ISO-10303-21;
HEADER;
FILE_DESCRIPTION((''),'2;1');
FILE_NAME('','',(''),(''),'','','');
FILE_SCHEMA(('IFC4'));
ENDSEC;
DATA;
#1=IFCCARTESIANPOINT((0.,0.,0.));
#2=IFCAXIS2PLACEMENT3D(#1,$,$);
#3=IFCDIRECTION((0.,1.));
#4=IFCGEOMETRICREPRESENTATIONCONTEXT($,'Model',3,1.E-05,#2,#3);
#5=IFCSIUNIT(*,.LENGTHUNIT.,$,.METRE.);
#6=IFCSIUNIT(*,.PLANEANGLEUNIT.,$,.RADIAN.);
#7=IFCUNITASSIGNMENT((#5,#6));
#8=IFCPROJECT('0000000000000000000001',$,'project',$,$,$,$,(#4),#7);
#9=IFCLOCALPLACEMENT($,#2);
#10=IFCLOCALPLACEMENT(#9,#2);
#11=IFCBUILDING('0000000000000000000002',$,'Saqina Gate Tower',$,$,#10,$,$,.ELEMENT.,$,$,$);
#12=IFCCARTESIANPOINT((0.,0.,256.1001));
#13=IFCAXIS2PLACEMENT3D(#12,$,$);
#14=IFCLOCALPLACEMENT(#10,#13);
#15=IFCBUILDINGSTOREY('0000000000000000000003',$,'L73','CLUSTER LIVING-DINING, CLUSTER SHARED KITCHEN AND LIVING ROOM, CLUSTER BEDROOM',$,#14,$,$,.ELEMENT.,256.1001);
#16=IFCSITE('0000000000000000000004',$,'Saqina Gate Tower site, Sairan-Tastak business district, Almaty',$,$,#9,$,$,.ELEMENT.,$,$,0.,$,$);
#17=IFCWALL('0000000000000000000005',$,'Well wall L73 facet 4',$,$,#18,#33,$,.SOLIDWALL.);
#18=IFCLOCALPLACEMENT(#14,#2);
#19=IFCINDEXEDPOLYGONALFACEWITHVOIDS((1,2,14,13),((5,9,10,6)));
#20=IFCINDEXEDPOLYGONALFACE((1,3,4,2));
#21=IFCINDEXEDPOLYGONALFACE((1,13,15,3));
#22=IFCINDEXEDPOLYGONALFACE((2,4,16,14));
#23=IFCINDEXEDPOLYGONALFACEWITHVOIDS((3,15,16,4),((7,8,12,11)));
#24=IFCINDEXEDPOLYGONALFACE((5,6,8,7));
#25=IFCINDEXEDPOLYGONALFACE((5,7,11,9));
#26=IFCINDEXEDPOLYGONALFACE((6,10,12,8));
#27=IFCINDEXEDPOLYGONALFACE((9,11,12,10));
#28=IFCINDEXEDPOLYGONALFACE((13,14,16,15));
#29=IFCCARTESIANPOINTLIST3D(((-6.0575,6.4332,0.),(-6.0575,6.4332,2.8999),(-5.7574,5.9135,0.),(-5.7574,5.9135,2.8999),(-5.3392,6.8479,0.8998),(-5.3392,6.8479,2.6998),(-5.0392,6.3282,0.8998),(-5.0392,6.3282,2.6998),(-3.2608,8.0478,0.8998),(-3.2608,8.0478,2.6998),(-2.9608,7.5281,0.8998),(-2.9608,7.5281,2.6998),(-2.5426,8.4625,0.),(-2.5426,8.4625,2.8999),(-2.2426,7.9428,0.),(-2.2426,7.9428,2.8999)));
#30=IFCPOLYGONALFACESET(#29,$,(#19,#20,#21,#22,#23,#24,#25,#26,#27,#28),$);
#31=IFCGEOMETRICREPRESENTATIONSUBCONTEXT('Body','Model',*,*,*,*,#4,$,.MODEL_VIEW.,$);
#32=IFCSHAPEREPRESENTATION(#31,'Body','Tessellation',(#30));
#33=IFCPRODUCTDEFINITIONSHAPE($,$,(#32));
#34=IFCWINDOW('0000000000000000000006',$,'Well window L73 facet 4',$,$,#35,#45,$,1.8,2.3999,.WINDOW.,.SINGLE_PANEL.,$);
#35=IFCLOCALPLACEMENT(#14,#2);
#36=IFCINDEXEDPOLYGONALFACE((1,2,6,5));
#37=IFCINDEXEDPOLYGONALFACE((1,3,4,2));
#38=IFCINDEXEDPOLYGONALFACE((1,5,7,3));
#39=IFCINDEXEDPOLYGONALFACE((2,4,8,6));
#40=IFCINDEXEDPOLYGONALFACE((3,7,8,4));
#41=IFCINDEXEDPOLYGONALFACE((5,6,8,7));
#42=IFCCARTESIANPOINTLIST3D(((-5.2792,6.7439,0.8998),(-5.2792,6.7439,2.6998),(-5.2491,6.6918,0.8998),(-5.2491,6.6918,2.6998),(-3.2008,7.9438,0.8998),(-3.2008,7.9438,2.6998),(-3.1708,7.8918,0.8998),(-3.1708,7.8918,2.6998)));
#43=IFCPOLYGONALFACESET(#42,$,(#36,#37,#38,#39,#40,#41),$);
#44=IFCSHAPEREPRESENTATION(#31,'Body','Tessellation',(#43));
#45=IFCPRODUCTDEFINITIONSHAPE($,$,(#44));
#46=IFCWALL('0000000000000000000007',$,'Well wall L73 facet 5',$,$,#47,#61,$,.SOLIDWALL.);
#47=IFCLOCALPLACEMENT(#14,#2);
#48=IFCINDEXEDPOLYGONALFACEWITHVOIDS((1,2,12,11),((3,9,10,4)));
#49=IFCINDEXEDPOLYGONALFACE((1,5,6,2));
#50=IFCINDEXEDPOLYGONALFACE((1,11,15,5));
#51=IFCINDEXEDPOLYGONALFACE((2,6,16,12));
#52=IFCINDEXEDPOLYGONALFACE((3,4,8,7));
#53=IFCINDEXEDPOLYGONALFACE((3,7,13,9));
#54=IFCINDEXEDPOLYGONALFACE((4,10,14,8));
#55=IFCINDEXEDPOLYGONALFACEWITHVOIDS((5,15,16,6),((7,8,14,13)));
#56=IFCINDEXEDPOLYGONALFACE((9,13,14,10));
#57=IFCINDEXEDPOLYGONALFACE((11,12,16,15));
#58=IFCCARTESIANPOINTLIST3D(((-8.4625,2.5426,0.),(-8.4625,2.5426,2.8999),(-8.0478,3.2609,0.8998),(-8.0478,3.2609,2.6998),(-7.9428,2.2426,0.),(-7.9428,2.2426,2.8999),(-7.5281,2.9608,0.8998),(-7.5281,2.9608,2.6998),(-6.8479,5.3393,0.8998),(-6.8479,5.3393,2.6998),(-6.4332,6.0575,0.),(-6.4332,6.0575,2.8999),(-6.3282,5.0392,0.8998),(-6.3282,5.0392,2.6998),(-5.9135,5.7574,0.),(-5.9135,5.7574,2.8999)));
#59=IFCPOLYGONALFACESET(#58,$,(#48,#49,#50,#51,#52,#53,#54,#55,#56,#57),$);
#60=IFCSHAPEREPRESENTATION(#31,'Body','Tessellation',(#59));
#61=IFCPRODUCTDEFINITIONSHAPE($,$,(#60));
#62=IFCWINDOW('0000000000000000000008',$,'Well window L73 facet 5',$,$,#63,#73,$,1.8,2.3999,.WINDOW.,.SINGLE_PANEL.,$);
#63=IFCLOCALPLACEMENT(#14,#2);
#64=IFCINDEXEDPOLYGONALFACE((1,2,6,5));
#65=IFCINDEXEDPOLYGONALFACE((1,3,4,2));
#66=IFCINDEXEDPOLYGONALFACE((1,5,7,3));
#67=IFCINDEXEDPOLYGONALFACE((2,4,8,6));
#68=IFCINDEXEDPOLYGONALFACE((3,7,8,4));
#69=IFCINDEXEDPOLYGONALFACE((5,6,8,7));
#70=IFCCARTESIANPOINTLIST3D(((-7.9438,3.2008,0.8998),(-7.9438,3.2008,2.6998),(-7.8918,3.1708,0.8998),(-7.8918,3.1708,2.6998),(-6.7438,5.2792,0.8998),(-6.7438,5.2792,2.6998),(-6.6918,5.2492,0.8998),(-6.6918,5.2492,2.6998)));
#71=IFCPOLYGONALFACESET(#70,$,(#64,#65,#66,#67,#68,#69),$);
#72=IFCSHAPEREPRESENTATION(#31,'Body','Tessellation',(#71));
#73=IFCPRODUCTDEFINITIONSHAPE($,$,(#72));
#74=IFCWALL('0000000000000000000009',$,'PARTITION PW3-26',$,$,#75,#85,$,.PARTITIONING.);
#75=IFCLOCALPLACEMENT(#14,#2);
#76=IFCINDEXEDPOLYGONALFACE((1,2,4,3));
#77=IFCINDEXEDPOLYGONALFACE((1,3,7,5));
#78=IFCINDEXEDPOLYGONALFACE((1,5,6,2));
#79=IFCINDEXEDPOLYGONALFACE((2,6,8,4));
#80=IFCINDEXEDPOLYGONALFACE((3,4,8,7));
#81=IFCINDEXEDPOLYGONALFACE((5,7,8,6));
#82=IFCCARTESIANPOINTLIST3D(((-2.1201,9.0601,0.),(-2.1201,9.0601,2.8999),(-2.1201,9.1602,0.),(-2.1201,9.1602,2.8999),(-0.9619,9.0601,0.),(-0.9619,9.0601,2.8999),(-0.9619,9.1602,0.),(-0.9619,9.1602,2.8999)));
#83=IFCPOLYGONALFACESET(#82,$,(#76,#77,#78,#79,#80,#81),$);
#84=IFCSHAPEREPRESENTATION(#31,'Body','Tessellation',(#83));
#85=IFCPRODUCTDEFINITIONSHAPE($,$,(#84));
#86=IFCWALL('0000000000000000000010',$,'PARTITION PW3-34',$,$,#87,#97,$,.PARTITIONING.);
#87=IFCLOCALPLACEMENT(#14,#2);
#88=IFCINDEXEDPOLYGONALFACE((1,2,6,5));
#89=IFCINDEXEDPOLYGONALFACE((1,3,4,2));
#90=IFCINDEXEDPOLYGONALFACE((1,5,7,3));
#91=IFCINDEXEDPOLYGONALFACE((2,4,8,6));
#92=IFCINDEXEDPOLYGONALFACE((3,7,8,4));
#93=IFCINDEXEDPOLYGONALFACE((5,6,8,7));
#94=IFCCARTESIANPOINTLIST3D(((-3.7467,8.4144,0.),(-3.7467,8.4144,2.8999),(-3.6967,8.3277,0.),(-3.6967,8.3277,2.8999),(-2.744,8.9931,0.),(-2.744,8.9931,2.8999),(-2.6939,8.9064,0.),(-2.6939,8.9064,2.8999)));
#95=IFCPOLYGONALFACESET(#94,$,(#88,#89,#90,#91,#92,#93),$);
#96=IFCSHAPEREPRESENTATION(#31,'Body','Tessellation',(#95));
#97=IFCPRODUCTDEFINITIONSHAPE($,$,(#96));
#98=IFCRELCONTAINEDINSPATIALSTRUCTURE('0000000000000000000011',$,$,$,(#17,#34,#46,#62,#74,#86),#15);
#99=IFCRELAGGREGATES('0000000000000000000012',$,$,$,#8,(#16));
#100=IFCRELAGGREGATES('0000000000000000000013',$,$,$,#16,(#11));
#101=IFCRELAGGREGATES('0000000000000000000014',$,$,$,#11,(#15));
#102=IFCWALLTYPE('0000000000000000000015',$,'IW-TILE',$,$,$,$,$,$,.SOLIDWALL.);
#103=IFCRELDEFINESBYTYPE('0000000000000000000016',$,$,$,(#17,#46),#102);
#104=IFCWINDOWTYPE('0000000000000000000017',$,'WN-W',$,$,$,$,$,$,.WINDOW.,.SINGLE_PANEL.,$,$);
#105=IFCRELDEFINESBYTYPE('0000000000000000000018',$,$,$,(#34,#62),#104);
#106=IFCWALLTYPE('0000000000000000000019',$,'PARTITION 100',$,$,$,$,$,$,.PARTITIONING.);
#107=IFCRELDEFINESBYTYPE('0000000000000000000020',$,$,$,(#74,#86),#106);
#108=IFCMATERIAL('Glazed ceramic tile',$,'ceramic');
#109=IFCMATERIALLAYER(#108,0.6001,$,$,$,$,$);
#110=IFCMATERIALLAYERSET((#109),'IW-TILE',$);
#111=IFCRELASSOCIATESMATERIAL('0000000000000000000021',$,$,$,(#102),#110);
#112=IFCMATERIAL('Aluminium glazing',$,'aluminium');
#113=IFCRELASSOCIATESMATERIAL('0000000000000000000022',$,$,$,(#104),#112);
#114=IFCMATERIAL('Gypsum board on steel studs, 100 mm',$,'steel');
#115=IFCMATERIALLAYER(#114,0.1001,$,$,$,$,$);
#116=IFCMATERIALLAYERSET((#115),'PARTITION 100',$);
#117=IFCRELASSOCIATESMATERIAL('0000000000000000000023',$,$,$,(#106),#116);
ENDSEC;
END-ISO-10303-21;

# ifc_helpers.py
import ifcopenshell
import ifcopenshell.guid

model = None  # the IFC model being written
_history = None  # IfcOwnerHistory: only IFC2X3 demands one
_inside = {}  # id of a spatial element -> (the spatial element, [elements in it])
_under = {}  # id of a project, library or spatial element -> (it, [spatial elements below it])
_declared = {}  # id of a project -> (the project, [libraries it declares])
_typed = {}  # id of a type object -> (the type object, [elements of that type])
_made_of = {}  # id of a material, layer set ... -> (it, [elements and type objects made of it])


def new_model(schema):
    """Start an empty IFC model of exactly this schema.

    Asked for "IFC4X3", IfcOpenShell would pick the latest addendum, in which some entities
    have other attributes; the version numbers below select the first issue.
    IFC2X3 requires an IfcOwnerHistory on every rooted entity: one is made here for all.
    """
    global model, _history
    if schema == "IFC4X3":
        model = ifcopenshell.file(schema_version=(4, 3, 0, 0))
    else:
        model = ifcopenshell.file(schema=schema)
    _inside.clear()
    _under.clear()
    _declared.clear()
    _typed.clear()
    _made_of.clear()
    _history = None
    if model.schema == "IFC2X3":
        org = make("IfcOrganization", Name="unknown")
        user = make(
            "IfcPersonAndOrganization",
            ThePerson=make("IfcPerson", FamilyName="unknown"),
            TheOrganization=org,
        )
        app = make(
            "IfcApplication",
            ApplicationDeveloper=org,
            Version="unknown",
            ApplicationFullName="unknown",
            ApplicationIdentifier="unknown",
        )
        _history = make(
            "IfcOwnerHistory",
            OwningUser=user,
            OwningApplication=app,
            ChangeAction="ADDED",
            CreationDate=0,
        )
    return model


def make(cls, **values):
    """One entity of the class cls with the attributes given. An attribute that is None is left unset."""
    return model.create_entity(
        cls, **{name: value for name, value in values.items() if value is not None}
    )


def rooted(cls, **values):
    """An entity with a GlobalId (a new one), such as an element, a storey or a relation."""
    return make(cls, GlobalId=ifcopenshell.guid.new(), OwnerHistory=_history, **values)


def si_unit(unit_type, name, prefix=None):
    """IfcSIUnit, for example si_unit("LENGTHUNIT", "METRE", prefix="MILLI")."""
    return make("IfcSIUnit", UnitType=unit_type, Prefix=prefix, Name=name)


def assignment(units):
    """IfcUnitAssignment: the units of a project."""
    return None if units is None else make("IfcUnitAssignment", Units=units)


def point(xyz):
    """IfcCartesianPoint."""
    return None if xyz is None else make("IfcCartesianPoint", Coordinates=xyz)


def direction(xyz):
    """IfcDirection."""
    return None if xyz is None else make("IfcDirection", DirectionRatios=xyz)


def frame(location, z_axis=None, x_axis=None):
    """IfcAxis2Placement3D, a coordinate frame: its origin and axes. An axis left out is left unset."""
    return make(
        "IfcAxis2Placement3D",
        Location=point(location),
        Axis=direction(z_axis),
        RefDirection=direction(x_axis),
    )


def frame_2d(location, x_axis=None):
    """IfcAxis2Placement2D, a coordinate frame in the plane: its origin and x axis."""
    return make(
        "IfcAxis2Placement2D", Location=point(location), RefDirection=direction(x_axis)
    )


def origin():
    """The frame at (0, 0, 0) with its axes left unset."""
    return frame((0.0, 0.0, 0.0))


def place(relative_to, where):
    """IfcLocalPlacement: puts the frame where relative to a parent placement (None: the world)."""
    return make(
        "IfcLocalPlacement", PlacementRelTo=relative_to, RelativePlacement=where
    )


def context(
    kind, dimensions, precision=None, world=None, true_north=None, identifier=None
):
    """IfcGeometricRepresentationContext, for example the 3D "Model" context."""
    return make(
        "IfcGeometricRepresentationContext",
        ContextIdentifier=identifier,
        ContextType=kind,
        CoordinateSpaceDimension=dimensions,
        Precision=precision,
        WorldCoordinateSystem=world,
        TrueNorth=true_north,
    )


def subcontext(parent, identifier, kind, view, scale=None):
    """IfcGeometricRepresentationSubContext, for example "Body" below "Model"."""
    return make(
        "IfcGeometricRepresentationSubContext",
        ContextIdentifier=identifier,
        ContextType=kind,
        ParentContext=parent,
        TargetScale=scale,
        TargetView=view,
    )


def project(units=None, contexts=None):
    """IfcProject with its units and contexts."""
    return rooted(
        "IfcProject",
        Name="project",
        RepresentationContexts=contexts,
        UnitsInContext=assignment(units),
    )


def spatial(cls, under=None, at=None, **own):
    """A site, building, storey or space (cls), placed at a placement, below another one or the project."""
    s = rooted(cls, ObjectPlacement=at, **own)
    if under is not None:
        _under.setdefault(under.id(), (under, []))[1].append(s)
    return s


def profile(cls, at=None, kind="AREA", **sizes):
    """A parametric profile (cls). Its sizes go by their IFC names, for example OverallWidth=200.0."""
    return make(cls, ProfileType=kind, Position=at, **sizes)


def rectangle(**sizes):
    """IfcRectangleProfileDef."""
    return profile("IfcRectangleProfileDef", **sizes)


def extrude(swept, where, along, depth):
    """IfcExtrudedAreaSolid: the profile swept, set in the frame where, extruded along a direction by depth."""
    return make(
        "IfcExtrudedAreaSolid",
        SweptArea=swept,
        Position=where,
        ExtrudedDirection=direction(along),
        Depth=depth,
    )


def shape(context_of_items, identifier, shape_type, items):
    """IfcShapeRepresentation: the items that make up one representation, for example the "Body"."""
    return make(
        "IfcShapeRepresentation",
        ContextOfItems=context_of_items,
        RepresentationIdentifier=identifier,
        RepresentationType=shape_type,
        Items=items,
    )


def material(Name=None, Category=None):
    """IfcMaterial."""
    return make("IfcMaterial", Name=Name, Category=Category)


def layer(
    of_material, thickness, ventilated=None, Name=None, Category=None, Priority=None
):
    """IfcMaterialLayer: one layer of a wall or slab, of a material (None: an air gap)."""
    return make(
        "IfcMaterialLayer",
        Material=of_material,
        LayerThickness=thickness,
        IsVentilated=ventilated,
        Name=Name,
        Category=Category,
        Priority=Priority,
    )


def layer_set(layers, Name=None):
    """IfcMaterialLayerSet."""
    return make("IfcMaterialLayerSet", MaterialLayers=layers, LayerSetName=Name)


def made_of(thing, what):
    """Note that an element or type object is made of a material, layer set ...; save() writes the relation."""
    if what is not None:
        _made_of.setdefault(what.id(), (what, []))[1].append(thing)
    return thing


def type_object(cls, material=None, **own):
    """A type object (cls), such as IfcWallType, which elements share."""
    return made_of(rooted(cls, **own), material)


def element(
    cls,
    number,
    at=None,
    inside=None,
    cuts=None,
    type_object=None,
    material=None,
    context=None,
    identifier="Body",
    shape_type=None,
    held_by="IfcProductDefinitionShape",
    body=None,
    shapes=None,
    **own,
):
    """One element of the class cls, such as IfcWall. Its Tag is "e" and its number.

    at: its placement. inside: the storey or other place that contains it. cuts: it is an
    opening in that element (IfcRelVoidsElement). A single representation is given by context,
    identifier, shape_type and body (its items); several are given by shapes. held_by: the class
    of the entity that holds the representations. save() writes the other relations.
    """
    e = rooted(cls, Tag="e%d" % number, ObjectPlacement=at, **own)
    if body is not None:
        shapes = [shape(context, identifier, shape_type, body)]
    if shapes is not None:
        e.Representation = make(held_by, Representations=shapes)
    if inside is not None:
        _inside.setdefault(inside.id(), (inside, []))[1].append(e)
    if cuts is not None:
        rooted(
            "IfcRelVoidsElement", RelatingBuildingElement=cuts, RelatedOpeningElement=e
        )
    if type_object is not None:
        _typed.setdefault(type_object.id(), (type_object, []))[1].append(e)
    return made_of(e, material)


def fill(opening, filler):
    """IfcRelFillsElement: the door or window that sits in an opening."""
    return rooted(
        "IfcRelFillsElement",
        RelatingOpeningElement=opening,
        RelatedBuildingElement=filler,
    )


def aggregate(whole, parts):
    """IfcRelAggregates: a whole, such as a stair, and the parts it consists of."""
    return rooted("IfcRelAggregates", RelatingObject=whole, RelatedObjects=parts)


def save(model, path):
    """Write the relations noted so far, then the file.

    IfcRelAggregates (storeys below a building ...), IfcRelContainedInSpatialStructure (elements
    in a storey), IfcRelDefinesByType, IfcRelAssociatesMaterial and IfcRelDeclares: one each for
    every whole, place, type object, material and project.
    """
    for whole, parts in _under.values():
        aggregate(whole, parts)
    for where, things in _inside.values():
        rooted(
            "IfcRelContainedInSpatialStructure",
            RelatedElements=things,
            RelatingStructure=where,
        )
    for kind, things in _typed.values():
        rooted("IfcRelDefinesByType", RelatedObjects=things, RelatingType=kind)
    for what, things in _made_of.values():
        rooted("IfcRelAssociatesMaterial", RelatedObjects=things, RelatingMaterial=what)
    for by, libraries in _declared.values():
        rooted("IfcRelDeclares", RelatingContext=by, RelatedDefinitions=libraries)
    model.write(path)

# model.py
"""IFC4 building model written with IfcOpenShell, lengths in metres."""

from ifc_helpers import new_model, si_unit, direction, frame, frame_2d, origin, place, context, subcontext, project, spatial, rectangle, extrude, material, layer, layer_set, type_object, element, fill, save


model = new_model("IFC4")

# Units and contexts
model_context = context("Model", 3, precision=1e-05, world=origin(), true_north=direction((0.0, 1.0)))
body_context = subcontext(model_context, "Body", "Model", "MODEL_VIEW")
ifc_project = project(units=[si_unit("LENGTHUNIT", "METRE"), si_unit("PLANEANGLEUNIT", "RADIAN")], contexts=[model_context])

# Site, building, storey
site_placement = place(None, origin())
site = spatial("IfcSite", under=ifc_project, at=site_placement, Name="Saqina Gate Tower site, Sairan-Tastak business district, Almaty", CompositionType="ELEMENT", RefElevation=0.0)
building_placement = place(site_placement, origin())
building = spatial("IfcBuilding", under=site, at=building_placement, Name="Saqina Gate Tower", CompositionType="ELEMENT")
storey_placement = place(building_placement, frame((0.0, 0.0, 256.1001)))
storey = spatial("IfcBuildingStorey", under=building, at=storey_placement, Name="L73", Description="CLUSTER LIVING-DINING, CLUSTER SHARED KITCHEN AND LIVING ROOM, CLUSTER BEDROOM", CompositionType="ELEMENT", Elevation=256.1001)

# Walls, openings, windows
ifc_material_1 = material(Name="Glazed ceramic tile", Category="ceramic")
ifc_layer_1 = layer(ifc_material_1, 0.6001)
ifc_layer_set_1 = layer_set([ifc_layer_1], Name="IW-TILE")
wall_type_1 = type_object("IfcWallType", Name="IW-TILE", PredefinedType="SOLIDWALL", material=ifc_layer_set_1)
wall_1_placement = place(storey_placement, frame((-2.3926, 8.2026, 0.0), z_axis=(0.0, 0.0, 1.0), x_axis=(-0.866028, -0.499995, 0.0)))
wall_1 = element("IfcWall", 1, at=wall_1_placement, inside=storey, type_object=wall_type_1, Name="Well wall L73 facet 4", PredefinedType="SOLIDWALL", context=body_context, shape_type="SweptSolid", body=[
    extrude(rectangle(XDim=4.0586, YDim=0.6001, at=frame_2d((2.0293, 0.0))), origin(), (0.0, 0.0, 1.0), 2.8999),
])
opening_1_placement = place(wall_1_placement, frame((0.8293, 0.0, 0.8999)))
opening_1 = element("IfcOpeningElement", 2, at=opening_1_placement, cuts=wall_1, PredefinedType="OPENING", context=body_context, shape_type="SweptSolid", body=[
    extrude(rectangle(XDim=2.3999, YDim=1.8, at=frame_2d((1.2, 0.8999))), frame((0.0, 0.312, 0.0), z_axis=(0.0, -1.0, 0.0), x_axis=(1.0, 0.0, 0.0)), (0.0, 0.0, 1.0), 0.624),
])
ifc_material_2 = material(Name="Aluminium glazing", Category="aluminium")
window_type = type_object("IfcWindowType", Name="WN-W", PartitioningType="SINGLE_PANEL", PredefinedType="WINDOW", material=ifc_material_2)
window_1_placement = place(opening_1_placement, origin())
window_1 = element("IfcWindow", 3, at=window_1_placement, inside=storey, type_object=window_type, Name="Well window L73 facet 4", OverallHeight=1.8, OverallWidth=2.3999, PartitioningType="SINGLE_PANEL", PredefinedType="WINDOW", context=body_context, shape_type="SweptSolid", body=[
    extrude(rectangle(XDim=2.3999, YDim=1.8, at=frame_2d((1.2, 0.8999))), frame((0.0, -0.1199, 0.0), z_axis=(0.0, -1.0, 0.0), x_axis=(1.0, 0.0, 0.0)), (0.0, 0.0, 1.0), 0.0601),
])
fill(opening_1, window_1)
wall_2_placement = place(storey_placement, frame((-6.1733, 5.9075, 0.0), z_axis=(0.0, 0.0, 1.0), x_axis=(-0.499995, -0.866028, 0.0)))
wall_2 = element("IfcWall", 4, at=wall_2_placement, inside=storey, type_object=wall_type_1, Name="Well wall L73 facet 5", PredefinedType="SOLIDWALL", context=body_context, shape_type="SweptSolid", body=[
    extrude(rectangle(XDim=4.0586, YDim=0.6001, at=frame_2d((2.0293, 0.0))), origin(), (0.0, 0.0, 1.0), 2.8999),
])
opening_2_placement = place(wall_2_placement, frame((0.8293, 0.0, 0.8999)))
opening_2 = element("IfcOpeningElement", 5, at=opening_2_placement, cuts=wall_2, PredefinedType="OPENING", context=body_context, shape_type="SweptSolid", body=[
    extrude(rectangle(XDim=2.3999, YDim=1.8, at=frame_2d((1.2, 0.8999))), frame((0.0, 0.312, 0.0), z_axis=(0.0, -1.0, 0.0), x_axis=(1.0, 0.0, 0.0)), (0.0, 0.0, 1.0), 0.624),
])
window_2_placement = place(opening_2_placement, origin())
window_2 = element("IfcWindow", 6, at=window_2_placement, inside=storey, type_object=window_type, Name="Well window L73 facet 5", OverallHeight=1.8, OverallWidth=2.3999, PartitioningType="SINGLE_PANEL", PredefinedType="WINDOW", context=body_context, shape_type="SweptSolid", body=[
    extrude(rectangle(XDim=2.3999, YDim=1.8, at=frame_2d((1.2, 0.8999))), frame((0.0, -0.1199, 0.0), z_axis=(0.0, -1.0, 0.0), x_axis=(1.0, 0.0, 0.0)), (0.0, 0.0, 1.0), 0.0601),
])
fill(opening_2, window_2)

# Walls
ifc_material_3 = material(Name="Gypsum board on steel studs, 100 mm", Category="steel")
ifc_layer_2 = layer(ifc_material_3, 0.1001)
ifc_layer_set_2 = layer_set([ifc_layer_2], Name="PARTITION 100")
wall_type_2 = type_object("IfcWallType", Name="PARTITION 100", PredefinedType="PARTITIONING", material=ifc_layer_set_2)
wall_3_placement = place(storey_placement, frame((-2.1201, 9.1101, 0.0), z_axis=(0.0, 0.0, 1.0), x_axis=(1.0, 0.0, 0.0)))
element("IfcWall", 7, at=wall_3_placement, inside=storey, type_object=wall_type_2, Name="PARTITION PW3-26", PredefinedType="PARTITIONING", context=body_context, shape_type="SweptSolid", body=[
    extrude(rectangle(XDim=1.1582, YDim=0.1001, at=frame_2d((0.5791, 0.0))), origin(), (0.0, 0.0, 1.0), 2.8999),
])
wall_4_placement = place(storey_placement, frame((-3.7217, 8.3711, 0.0), z_axis=(0.0, 0.0, 1.0), x_axis=(0.866133, 0.499814, 0.0)))
element("IfcWall", 8, at=wall_4_placement, inside=storey, type_object=wall_type_2, Name="PARTITION PW3-34", PredefinedType="PARTITIONING", context=body_context, shape_type="SweptSolid", body=[
    extrude(rectangle(XDim=1.1577, YDim=0.1001, at=frame_2d((0.5789, 0.0))), origin(), (0.0, 0.0, 1.0), 2.8999),
])

save(model, "model.ifc")
